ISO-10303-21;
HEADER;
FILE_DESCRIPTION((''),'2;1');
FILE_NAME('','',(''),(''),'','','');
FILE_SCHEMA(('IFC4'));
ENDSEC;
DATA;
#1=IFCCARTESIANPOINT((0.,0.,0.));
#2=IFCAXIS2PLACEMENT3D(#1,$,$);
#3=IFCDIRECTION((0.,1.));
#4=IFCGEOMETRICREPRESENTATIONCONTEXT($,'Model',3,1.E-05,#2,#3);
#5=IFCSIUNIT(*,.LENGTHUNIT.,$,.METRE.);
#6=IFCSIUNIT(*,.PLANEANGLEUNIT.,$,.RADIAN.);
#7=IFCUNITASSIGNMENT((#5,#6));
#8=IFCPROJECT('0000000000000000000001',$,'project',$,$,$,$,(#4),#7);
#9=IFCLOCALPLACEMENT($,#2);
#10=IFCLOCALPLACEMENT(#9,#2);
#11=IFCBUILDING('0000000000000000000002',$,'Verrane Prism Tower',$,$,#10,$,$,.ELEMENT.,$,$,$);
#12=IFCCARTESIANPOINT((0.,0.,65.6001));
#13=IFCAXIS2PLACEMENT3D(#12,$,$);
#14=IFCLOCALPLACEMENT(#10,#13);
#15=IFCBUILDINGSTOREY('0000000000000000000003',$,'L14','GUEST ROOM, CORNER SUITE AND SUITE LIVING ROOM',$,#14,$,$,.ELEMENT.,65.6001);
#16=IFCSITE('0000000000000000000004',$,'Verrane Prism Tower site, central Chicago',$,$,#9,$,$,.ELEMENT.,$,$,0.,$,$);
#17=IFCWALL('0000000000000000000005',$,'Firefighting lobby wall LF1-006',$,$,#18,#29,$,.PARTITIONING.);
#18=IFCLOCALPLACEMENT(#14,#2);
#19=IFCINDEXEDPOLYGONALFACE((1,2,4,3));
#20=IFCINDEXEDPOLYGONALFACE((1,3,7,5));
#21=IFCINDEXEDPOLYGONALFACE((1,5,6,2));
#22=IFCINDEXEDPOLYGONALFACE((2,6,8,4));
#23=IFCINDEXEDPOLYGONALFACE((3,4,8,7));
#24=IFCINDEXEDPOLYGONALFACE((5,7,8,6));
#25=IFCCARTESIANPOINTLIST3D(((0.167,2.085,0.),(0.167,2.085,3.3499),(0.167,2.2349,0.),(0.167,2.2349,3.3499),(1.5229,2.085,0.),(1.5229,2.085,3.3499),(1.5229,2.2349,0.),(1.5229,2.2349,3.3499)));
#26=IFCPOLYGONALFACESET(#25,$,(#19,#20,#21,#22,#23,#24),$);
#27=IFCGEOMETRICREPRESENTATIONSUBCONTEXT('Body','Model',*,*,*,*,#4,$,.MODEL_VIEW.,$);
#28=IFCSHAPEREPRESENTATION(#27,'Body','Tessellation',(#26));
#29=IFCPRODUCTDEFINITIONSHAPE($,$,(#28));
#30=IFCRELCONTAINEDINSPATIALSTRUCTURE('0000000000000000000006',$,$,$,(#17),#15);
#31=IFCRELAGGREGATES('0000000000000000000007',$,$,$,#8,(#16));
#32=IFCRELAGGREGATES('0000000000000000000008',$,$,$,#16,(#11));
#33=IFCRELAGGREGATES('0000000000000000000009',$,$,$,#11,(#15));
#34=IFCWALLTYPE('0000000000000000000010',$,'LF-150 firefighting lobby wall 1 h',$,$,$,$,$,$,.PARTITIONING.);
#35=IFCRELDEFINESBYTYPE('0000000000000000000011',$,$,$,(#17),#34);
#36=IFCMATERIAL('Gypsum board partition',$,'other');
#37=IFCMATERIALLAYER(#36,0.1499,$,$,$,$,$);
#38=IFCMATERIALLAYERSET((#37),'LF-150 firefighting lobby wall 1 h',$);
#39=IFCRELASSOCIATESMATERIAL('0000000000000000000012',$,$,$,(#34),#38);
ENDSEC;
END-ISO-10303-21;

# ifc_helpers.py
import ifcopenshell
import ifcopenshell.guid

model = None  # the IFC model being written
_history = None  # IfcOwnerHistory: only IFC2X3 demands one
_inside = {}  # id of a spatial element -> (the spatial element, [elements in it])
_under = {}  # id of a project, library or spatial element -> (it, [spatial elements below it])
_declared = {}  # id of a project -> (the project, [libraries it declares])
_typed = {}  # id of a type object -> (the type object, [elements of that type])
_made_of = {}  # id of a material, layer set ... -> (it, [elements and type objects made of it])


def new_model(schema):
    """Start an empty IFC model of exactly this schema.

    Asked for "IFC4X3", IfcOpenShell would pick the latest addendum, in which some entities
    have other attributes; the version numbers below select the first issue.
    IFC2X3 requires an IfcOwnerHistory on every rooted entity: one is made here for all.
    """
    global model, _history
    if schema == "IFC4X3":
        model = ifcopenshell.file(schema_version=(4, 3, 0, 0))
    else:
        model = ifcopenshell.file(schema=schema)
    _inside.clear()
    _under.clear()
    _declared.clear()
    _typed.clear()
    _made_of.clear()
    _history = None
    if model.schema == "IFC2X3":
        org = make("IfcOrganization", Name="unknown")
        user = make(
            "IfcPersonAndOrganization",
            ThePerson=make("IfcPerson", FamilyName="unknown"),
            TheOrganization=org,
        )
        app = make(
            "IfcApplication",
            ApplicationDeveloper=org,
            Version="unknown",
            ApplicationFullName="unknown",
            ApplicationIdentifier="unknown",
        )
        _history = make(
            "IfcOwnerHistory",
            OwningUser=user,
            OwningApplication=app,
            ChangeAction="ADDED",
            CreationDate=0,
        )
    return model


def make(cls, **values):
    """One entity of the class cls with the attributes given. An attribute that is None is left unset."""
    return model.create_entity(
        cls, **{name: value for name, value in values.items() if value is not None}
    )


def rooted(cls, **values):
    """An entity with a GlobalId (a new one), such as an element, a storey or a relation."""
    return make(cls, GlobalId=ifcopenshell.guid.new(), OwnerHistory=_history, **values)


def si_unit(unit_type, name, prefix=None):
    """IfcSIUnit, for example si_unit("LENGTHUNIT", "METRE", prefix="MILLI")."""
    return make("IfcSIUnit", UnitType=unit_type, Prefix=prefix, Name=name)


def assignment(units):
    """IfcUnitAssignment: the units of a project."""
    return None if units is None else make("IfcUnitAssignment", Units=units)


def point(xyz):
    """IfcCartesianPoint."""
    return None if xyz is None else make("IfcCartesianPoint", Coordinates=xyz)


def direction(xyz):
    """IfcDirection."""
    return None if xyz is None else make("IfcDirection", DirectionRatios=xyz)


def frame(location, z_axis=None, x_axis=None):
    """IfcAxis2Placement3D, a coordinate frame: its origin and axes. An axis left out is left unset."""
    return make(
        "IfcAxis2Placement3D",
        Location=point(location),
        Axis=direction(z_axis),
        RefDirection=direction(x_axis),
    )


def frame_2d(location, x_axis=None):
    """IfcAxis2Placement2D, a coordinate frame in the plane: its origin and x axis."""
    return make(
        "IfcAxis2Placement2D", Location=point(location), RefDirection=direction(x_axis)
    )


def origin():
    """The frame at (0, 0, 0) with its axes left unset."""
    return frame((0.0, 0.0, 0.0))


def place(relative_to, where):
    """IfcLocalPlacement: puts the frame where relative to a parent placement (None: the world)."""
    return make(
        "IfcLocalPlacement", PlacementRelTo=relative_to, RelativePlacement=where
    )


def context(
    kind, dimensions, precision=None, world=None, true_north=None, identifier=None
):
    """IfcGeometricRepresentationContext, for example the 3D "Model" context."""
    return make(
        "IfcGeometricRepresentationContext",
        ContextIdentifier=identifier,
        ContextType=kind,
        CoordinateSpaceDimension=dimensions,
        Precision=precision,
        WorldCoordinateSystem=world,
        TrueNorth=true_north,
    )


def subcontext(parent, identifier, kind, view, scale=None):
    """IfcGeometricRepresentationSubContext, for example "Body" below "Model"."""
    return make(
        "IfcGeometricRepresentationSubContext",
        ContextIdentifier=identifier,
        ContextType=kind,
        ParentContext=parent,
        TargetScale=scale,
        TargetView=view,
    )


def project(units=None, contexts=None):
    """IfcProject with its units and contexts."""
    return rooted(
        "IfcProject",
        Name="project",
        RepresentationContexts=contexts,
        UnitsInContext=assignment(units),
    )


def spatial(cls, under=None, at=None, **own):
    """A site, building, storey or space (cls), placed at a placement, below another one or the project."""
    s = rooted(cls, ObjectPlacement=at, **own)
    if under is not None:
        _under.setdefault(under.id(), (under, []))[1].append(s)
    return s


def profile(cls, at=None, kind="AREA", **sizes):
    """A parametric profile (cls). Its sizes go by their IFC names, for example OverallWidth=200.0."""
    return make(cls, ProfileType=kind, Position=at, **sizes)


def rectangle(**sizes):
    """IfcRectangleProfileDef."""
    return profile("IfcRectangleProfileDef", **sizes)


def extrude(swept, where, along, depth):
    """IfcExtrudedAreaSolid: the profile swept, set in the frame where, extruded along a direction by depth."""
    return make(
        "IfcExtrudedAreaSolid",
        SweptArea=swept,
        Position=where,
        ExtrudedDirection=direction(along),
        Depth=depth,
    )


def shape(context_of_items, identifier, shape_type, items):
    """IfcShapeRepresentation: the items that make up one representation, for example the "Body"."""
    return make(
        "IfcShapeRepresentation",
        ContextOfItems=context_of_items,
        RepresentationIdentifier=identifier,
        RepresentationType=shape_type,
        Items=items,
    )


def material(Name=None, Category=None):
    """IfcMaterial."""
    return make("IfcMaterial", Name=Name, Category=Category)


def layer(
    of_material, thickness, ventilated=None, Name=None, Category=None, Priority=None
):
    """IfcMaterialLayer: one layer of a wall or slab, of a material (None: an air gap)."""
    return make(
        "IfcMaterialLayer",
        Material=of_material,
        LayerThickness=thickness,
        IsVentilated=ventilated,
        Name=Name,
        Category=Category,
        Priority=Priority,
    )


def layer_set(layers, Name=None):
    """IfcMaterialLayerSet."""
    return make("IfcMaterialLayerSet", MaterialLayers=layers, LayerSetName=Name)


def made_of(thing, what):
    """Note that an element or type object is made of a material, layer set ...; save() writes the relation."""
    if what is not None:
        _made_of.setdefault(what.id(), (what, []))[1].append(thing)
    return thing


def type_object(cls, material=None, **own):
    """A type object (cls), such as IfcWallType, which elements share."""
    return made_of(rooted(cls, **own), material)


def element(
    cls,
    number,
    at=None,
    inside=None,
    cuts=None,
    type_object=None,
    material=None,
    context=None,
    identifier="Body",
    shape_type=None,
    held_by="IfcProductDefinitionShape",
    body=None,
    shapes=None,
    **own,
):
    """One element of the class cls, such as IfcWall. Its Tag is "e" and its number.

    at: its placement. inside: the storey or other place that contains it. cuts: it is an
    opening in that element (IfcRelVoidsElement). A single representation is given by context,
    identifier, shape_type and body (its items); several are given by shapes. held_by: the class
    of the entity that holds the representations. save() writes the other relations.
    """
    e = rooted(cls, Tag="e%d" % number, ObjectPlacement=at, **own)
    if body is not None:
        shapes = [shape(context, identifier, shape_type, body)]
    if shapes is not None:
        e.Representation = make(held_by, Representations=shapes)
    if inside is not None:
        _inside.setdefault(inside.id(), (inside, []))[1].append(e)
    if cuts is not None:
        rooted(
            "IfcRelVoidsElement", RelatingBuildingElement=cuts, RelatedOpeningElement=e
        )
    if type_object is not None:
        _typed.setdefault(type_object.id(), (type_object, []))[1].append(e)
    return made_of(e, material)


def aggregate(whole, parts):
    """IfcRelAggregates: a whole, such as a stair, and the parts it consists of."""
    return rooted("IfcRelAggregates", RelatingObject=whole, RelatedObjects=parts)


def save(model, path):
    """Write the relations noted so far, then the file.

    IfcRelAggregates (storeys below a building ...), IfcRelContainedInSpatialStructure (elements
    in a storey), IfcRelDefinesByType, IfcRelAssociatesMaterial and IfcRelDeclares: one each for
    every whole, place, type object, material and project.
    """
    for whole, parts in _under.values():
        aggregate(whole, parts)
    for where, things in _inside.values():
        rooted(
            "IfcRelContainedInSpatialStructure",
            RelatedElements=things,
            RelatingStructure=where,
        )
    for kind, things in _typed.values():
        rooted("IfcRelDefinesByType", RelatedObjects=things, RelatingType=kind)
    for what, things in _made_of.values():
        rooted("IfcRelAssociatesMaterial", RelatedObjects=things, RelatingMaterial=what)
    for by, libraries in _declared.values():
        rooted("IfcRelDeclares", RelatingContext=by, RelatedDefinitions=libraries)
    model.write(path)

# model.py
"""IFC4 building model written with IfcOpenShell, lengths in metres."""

from ifc_helpers import new_model, si_unit, direction, frame, frame_2d, origin, place, context, subcontext, project, spatial, rectangle, extrude, material, layer, layer_set, type_object, element, save


model = new_model("IFC4")

# Units and contexts
model_context = context("Model", 3, precision=1e-05, world=origin(), true_north=direction((0.0, 1.0)))
body_context = subcontext(model_context, "Body", "Model", "MODEL_VIEW")
ifc_project = project(units=[si_unit("LENGTHUNIT", "METRE"), si_unit("PLANEANGLEUNIT", "RADIAN")], contexts=[model_context])

# Site, building, storey
site_placement = place(None, origin())
site = spatial("IfcSite", under=ifc_project, at=site_placement, Name="Verrane Prism Tower site, central Chicago", CompositionType="ELEMENT", RefElevation=0.0)
building_placement = place(site_placement, origin())
building = spatial("IfcBuilding", under=site, at=building_placement, Name="Verrane Prism Tower", CompositionType="ELEMENT")
storey_placement = place(building_placement, frame((0.0, 0.0, 65.6001)))
storey = spatial("IfcBuildingStorey", under=building, at=storey_placement, Name="L14", Description="GUEST ROOM, CORNER SUITE AND SUITE LIVING ROOM", CompositionType="ELEMENT", Elevation=65.6001)

# Wall
ifc_material_1 = material(Name="Gypsum board partition", Category="other")
ifc_layer_1 = layer(ifc_material_1, 0.1499)
ifc_layer_set_1 = layer_set([ifc_layer_1], Name="LF-150 firefighting lobby wall 1 h")
wall_type_1 = type_object("IfcWallType", Name="LF-150 firefighting lobby wall 1 h", PredefinedType="PARTITIONING", material=ifc_layer_set_1)
wall_1_placement = place(storey_placement, frame((0.167, 2.1599, 0.0), z_axis=(0.0, 0.0, 1.0), x_axis=(1.0, 0.0, 0.0)))
element("IfcWall", 1, at=wall_1_placement, inside=storey, type_object=wall_type_1, Name="Firefighting lobby wall LF1-006", PredefinedType="PARTITIONING", context=body_context, shape_type="SweptSolid", body=[
    extrude(rectangle(XDim=1.356, YDim=0.1499, at=frame_2d((0.678, 0.0))), origin(), (0.0, 0.0, 1.0), 3.3499),
])

save(model, "model.ifc")
